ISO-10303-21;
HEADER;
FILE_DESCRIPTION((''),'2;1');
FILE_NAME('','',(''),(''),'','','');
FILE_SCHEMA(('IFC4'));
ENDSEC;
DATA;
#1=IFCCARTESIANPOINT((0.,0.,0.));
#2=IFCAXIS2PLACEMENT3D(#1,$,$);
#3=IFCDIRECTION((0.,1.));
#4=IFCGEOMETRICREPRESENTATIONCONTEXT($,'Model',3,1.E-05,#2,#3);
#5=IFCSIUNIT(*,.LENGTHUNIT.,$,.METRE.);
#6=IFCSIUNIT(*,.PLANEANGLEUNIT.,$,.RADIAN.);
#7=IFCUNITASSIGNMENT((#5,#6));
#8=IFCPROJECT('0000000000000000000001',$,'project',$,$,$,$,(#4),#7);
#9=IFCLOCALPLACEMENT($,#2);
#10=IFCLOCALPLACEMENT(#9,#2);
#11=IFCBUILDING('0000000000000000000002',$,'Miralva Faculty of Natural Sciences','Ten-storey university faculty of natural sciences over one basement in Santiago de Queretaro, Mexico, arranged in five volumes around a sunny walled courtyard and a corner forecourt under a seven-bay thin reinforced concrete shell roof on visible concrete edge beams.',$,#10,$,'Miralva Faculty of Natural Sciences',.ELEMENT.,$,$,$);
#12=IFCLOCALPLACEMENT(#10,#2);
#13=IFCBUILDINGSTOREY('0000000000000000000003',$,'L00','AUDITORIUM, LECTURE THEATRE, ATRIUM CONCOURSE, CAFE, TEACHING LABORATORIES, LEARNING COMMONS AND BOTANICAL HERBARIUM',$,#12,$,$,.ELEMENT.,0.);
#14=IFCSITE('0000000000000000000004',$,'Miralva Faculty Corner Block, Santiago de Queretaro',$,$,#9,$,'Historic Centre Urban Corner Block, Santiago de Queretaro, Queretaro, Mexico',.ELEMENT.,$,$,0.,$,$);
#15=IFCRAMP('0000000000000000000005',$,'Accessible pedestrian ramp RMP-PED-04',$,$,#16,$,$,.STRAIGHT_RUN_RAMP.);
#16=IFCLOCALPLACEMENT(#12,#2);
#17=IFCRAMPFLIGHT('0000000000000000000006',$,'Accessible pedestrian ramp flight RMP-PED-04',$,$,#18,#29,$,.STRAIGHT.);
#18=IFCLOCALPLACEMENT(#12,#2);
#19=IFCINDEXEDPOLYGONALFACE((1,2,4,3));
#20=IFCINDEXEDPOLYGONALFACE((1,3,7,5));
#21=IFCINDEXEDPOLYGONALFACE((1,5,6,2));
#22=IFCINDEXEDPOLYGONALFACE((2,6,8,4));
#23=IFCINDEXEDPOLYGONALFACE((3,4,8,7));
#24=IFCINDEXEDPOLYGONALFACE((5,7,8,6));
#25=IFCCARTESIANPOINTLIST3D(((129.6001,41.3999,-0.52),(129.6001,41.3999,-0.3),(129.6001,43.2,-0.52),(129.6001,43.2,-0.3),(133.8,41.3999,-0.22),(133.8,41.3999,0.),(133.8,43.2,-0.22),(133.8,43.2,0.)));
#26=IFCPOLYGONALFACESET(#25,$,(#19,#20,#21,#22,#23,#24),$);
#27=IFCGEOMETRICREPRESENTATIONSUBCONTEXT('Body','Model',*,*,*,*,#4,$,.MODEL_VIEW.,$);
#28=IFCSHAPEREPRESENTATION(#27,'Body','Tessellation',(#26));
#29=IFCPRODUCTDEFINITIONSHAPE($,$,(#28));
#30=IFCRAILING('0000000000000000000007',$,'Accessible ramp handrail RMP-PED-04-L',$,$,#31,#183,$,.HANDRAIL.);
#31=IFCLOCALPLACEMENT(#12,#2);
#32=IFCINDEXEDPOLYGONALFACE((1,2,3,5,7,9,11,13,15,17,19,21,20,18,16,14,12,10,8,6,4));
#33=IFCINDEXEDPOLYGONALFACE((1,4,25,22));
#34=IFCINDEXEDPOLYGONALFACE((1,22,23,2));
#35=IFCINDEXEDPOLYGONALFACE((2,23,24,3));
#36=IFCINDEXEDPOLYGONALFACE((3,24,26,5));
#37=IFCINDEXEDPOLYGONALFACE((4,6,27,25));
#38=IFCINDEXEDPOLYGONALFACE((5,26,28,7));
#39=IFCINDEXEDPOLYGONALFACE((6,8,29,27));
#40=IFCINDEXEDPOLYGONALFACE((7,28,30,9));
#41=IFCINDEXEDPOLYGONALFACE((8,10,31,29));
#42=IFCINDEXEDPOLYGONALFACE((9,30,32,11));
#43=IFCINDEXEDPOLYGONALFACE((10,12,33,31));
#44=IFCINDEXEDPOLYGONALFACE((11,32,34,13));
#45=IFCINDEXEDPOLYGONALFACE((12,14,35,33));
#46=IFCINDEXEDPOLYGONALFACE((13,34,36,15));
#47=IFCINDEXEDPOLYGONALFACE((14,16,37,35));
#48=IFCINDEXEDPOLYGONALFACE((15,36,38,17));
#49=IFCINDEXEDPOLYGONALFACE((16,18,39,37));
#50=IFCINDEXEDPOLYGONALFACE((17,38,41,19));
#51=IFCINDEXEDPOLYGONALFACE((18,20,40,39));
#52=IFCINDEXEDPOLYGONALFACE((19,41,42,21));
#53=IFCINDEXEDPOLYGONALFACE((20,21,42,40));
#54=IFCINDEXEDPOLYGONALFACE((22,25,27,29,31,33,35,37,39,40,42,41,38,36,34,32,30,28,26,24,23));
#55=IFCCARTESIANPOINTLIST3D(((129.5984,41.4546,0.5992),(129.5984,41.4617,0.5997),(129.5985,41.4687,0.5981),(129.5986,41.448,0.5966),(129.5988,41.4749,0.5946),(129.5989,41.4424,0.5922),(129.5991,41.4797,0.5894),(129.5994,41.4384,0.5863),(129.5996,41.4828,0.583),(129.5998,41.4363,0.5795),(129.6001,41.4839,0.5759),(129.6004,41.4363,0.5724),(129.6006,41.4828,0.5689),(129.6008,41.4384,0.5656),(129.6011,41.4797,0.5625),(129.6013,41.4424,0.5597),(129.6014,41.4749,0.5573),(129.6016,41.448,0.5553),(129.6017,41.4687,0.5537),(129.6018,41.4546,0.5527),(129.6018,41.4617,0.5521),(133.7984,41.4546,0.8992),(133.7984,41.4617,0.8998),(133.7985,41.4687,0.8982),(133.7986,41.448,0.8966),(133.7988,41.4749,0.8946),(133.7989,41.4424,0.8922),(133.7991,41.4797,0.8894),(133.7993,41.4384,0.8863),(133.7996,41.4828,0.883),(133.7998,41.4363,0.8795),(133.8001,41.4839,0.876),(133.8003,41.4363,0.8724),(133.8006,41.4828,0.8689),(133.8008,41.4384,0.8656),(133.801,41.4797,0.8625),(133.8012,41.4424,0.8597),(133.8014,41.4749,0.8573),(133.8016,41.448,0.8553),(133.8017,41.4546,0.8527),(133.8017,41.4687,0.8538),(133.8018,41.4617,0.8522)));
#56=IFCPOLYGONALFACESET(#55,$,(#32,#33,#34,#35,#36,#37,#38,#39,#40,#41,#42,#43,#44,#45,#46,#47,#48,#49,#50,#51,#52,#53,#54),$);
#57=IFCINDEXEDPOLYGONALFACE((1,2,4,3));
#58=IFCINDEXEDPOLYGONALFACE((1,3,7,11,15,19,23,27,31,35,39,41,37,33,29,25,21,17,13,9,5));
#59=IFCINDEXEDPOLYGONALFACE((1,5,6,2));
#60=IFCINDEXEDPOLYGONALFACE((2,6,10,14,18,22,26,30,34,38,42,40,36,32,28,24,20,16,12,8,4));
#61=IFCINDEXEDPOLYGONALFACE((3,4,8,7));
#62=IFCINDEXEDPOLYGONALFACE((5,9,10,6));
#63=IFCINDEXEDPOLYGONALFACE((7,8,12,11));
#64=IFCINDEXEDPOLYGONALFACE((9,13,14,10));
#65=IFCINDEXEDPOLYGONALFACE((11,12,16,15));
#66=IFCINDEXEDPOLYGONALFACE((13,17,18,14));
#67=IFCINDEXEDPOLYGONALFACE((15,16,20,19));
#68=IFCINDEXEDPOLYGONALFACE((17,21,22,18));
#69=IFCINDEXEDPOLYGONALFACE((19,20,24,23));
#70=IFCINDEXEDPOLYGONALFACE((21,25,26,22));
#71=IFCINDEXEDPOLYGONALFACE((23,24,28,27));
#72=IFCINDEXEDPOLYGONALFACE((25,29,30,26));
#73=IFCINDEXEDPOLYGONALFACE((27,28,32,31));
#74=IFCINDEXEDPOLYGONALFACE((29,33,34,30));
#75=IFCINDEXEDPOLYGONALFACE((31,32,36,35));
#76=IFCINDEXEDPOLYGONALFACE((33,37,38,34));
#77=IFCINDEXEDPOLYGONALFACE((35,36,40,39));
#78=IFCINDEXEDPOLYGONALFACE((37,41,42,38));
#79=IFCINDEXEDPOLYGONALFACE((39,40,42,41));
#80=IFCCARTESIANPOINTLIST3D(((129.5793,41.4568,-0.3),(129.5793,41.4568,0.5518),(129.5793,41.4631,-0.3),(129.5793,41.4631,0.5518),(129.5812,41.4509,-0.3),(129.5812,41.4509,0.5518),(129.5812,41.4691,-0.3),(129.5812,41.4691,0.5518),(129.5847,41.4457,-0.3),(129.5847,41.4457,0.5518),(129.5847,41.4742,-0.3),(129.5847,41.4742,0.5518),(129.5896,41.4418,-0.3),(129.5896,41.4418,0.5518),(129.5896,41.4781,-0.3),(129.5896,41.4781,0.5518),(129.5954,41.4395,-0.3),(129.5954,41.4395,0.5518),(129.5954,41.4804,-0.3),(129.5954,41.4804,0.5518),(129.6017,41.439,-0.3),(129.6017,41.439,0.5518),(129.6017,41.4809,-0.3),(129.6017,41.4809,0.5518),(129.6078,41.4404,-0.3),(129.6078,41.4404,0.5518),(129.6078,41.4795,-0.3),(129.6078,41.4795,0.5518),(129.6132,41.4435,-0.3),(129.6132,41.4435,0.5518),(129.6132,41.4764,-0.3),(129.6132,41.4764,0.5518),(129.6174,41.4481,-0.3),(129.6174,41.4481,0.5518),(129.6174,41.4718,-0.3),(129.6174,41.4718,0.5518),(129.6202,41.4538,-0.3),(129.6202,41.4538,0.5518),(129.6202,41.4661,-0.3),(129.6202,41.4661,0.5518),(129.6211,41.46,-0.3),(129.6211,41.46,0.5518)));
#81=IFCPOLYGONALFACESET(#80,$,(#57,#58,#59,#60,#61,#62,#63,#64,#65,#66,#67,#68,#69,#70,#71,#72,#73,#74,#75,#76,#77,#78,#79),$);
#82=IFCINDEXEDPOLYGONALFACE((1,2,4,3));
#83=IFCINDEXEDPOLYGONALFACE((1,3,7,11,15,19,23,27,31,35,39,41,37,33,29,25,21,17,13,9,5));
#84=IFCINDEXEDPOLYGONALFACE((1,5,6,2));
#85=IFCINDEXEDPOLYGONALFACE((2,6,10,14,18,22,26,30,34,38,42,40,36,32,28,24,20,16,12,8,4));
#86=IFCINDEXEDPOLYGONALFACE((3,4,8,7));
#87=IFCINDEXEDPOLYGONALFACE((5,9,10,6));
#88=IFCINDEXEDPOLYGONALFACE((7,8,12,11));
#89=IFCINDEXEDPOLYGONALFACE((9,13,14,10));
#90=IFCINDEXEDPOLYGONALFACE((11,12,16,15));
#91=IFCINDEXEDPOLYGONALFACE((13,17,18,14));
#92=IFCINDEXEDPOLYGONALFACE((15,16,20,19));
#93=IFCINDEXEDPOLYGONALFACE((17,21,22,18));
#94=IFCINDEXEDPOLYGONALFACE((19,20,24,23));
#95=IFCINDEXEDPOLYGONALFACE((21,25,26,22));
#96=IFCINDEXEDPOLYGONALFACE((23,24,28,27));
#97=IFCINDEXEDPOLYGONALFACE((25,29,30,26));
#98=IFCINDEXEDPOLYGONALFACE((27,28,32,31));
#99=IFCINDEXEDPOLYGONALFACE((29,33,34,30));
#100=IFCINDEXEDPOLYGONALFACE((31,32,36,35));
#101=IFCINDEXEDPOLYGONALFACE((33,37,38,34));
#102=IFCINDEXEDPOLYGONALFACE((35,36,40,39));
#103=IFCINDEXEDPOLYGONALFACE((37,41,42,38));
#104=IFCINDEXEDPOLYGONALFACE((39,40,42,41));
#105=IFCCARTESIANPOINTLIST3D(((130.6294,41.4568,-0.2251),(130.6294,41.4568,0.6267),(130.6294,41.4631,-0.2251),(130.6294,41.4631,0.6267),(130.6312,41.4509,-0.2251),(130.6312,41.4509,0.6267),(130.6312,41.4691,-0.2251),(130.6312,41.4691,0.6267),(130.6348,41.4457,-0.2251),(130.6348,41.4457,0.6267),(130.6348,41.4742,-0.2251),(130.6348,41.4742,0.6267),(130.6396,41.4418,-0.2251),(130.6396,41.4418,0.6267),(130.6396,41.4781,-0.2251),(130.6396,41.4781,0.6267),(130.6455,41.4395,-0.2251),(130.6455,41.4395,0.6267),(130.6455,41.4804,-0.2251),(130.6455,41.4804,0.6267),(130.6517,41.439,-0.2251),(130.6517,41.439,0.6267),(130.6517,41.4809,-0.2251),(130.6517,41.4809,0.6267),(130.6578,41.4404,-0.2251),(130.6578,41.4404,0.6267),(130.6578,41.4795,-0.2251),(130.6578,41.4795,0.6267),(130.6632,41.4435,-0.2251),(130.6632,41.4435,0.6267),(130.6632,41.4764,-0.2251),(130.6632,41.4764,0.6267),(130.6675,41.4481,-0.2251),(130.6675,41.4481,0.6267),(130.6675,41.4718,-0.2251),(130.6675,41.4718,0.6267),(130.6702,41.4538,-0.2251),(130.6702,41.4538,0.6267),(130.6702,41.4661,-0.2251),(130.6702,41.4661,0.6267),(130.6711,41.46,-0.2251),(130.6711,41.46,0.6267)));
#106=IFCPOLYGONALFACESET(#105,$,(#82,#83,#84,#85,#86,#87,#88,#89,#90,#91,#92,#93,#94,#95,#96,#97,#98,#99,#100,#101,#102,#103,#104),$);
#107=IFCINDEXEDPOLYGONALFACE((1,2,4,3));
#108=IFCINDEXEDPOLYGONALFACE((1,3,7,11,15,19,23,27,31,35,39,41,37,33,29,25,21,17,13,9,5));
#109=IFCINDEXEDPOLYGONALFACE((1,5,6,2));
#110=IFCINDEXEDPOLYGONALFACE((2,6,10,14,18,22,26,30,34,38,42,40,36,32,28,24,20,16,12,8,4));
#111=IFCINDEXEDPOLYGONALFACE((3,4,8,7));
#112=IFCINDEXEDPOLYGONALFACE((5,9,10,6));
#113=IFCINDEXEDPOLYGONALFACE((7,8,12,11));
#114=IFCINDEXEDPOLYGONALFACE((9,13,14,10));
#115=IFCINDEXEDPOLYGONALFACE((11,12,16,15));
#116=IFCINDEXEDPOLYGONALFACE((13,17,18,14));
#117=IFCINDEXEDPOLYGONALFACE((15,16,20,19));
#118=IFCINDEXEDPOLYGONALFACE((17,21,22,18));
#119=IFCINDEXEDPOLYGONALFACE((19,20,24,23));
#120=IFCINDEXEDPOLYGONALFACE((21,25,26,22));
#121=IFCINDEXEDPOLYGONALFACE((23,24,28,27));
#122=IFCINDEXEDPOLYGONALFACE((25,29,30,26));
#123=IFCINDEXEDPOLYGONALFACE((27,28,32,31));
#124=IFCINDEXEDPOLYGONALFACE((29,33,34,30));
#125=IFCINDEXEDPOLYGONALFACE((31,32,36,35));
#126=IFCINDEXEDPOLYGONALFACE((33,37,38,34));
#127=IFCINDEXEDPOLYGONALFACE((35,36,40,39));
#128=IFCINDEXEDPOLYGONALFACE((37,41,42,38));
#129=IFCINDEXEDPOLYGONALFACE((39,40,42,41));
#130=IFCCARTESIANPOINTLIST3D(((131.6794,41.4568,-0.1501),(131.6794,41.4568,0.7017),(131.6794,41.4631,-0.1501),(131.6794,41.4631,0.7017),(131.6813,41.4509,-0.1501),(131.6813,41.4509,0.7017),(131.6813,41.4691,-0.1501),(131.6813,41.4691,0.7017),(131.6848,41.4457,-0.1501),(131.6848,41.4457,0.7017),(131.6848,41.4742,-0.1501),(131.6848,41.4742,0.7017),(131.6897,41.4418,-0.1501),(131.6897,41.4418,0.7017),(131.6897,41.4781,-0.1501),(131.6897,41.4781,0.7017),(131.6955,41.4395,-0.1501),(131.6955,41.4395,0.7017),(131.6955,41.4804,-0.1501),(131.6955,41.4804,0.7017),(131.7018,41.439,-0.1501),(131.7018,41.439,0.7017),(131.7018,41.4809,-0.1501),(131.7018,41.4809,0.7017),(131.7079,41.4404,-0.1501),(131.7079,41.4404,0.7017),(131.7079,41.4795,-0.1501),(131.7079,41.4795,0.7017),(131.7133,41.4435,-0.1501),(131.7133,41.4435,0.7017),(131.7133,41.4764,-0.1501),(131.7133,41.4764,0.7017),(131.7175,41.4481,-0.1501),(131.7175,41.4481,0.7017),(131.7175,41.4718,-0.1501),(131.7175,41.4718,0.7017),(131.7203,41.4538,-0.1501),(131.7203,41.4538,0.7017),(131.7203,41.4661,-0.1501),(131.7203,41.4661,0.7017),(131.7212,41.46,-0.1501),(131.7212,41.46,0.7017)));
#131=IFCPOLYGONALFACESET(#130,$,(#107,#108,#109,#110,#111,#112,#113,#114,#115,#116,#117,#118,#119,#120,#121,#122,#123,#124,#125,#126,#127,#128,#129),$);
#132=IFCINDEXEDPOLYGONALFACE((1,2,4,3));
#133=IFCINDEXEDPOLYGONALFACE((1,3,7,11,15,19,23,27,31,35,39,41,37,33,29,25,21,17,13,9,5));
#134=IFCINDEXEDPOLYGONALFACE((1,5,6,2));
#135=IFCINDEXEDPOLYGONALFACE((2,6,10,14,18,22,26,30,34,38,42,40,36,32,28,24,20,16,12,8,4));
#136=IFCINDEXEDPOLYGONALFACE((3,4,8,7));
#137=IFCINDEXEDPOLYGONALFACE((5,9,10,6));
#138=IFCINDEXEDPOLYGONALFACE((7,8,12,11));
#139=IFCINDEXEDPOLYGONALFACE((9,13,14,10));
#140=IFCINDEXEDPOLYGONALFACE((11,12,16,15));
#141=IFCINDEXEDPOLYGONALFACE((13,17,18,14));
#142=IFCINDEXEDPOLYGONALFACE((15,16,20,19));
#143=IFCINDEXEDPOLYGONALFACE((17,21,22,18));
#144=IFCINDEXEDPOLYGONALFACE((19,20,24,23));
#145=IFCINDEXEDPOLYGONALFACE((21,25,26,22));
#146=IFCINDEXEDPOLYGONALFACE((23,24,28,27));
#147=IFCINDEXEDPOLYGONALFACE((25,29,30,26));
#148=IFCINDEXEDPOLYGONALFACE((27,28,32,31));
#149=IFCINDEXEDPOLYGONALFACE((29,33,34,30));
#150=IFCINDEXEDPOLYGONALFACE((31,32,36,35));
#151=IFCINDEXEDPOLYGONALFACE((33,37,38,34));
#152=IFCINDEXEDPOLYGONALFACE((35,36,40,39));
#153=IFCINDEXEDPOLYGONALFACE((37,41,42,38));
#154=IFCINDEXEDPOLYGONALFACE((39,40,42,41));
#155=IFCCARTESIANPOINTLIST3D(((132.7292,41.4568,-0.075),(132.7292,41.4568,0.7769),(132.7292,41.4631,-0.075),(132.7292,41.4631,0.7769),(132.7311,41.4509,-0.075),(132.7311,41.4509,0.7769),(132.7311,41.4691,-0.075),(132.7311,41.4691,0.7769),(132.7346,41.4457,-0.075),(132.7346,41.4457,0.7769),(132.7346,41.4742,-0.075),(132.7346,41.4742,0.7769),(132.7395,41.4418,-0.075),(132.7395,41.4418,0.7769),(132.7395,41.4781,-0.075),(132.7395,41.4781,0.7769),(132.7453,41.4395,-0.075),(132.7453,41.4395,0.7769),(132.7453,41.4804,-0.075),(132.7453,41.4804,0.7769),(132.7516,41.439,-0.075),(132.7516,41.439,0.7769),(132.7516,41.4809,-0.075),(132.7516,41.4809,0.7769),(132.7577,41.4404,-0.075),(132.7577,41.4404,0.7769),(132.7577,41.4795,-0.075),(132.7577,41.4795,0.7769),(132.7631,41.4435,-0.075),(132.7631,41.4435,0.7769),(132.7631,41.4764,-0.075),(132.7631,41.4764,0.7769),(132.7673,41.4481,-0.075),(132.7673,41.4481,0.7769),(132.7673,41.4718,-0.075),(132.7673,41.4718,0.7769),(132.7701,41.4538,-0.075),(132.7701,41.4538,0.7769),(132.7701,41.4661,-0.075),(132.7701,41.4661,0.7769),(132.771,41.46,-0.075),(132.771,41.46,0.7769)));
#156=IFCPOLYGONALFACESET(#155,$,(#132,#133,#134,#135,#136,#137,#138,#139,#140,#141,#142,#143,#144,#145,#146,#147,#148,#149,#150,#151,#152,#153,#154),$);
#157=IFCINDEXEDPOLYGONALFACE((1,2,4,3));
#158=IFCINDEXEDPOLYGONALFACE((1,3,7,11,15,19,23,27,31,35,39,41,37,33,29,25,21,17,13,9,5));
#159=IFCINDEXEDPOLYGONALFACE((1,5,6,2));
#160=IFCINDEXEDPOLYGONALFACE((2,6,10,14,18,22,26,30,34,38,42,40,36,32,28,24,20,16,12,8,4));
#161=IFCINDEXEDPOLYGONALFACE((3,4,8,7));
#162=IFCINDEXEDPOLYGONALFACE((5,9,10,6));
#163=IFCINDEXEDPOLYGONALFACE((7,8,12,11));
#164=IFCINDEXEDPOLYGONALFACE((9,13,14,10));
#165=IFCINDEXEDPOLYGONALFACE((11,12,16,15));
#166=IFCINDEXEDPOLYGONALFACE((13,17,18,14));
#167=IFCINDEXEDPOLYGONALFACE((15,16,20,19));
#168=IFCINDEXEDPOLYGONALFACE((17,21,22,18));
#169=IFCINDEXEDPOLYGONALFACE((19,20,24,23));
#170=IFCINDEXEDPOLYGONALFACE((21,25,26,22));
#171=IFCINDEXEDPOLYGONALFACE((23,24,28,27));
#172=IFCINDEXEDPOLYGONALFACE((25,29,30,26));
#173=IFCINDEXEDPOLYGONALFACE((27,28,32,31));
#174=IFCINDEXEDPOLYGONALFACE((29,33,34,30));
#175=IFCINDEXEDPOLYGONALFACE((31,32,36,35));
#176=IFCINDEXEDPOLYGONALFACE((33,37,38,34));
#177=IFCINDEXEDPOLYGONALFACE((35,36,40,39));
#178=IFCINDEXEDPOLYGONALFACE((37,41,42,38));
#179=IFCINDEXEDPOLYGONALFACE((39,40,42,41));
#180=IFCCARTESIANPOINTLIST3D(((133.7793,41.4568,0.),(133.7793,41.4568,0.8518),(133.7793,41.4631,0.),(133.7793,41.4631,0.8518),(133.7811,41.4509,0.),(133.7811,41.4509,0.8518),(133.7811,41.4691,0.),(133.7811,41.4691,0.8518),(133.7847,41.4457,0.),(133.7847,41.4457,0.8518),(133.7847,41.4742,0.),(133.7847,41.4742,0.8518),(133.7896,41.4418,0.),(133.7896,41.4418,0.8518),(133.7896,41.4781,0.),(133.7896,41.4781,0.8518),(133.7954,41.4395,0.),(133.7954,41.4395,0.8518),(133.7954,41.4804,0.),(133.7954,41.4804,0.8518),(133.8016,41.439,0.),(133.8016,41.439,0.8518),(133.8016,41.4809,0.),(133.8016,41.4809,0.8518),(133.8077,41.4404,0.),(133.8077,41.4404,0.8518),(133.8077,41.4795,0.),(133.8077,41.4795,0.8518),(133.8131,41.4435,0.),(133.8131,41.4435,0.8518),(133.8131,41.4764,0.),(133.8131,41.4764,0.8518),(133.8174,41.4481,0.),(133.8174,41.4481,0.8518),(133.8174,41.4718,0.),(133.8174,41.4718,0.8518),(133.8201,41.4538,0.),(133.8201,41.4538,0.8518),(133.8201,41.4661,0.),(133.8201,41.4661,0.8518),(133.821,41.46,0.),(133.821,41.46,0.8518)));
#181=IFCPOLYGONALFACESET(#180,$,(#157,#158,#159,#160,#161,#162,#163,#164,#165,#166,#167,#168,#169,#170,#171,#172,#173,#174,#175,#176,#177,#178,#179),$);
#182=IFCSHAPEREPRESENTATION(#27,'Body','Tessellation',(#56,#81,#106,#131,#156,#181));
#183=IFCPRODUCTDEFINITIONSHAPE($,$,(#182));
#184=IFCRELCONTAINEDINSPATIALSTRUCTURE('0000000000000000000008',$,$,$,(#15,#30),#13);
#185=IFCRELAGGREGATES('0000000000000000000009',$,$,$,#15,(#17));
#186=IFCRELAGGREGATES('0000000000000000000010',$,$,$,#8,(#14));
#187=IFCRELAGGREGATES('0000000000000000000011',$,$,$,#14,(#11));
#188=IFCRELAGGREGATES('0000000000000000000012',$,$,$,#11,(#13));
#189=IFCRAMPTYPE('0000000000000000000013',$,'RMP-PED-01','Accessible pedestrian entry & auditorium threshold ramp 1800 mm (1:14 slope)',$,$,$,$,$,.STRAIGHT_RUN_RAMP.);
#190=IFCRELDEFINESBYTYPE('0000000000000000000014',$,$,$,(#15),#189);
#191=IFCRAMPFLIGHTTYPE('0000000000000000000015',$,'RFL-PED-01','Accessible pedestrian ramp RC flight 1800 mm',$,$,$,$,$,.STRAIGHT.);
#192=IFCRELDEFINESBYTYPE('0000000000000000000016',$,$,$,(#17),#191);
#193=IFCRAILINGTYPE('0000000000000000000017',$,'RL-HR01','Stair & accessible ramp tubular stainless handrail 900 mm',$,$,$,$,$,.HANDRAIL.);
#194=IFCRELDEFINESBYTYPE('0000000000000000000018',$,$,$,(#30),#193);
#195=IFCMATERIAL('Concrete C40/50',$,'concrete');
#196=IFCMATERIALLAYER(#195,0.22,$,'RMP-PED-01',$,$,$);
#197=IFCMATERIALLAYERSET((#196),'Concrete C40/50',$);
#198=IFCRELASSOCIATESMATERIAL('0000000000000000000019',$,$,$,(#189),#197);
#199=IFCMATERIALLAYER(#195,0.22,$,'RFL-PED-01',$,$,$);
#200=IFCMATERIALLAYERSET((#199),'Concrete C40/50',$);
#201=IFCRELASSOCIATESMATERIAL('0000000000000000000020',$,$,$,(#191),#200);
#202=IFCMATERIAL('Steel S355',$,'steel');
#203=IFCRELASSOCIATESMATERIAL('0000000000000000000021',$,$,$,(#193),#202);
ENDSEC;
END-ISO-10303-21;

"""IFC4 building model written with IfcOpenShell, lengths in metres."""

from ifc_helpers import new_model, si_unit, direction, frame, origin, origin_2d, place, context, subcontext, project, spatial, polyline, circle, outline, extrude, material, layer, layer_set, type_object, element, aggregate, save


model = new_model("IFC4")

# Units and contexts
model_context = context("Model", 3, precision=1e-05, world=origin(), true_north=direction((0.0, 1.0)))
body_context = subcontext(model_context, "Body", "Model", "MODEL_VIEW")
ifc_project = project(units=[si_unit("LENGTHUNIT", "METRE"), si_unit("PLANEANGLEUNIT", "RADIAN")], contexts=[model_context])

# Site, building, storey
site_placement = place(None, origin())
site = spatial("IfcSite", under=ifc_project, at=site_placement, Name="Miralva Faculty Corner Block, Santiago de Queretaro", LongName="Historic Centre Urban Corner Block, Santiago de Queretaro, Queretaro, Mexico", CompositionType="ELEMENT", RefElevation=0.0)
building_placement = place(site_placement, origin())
building = spatial("IfcBuilding", under=site, at=building_placement, Name="Miralva Faculty of Natural Sciences", Description="Ten-storey university faculty of natural sciences over one basement in Santiago de Queretaro, Mexico, arranged in five volumes around a sunny walled courtyard and a corner forecourt under a seven-bay thin reinforced concrete shell roof on visible concrete edge beams.", LongName="Miralva Faculty of Natural Sciences", CompositionType="ELEMENT")
storey_placement = place(building_placement, origin())
storey = spatial("IfcBuildingStorey", under=building, at=storey_placement, Name="L00", Description="AUDITORIUM, LECTURE THEATRE, ATRIUM CONCOURSE, CAFE, TEACHING LABORATORIES, LEARNING COMMONS AND BOTANICAL HERBARIUM", CompositionType="ELEMENT", Elevation=0.0)

# Shared definitions
ifc_material_1 = material(Name="Concrete C40/50", Category="concrete")

# Ramp, ramp flight
ifc_layer_1 = layer(ifc_material_1, 0.22, Name="RMP-PED-01")
ifc_layer_set_1 = layer_set([ifc_layer_1], Name="Concrete C40/50")
ramp_type = type_object("IfcRampType", Name="RMP-PED-01", Description="Accessible pedestrian entry & auditorium threshold ramp 1800 mm (1:14 slope)", PredefinedType="STRAIGHT_RUN_RAMP", material=ifc_layer_set_1)
ramp_placement = place(storey_placement, origin())
ramp = element("IfcRamp", 1, at=ramp_placement, inside=storey, type_object=ramp_type, Name="Accessible pedestrian ramp RMP-PED-04", PredefinedType="STRAIGHT_RUN_RAMP")
ifc_layer_2 = layer(ifc_material_1, 0.22, Name="RFL-PED-01")
ifc_layer_set_2 = layer_set([ifc_layer_2], Name="Concrete C40/50")
ramp_flight_type = type_object("IfcRampFlightType", Name="RFL-PED-01", Description="Accessible pedestrian ramp RC flight 1800 mm", PredefinedType="STRAIGHT", material=ifc_layer_set_2)
ramp_flight_placement = place(storey_placement, frame((129.6001, 42.3, -0.3), z_axis=(0.0, 0.0, 1.0), x_axis=(1.0, 0.0, 0.0)))
ramp_flight = element("IfcRampFlight", 2, at=ramp_flight_placement, type_object=ramp_flight_type, Name="Accessible pedestrian ramp flight RMP-PED-04", PredefinedType="STRAIGHT", context=body_context, shape_type="SweptSolid", body=[
    extrude(outline(polyline([(0.0, -0.22), (4.2, 0.0801), (4.2, 0.3), (0.0, 0.0), (0.0, -0.22)])), frame((0.0, 0.8999, 0.0), z_axis=(0.0, -1.0, 0.0), x_axis=(1.0, 0.0, 0.0)), (0.0, 0.0, 1.0), 1.8),
])
aggregate(ramp, [ramp_flight])

# Railing
ifc_material_2 = material(Name="Steel S355", Category="steel")
railing_type = type_object("IfcRailingType", Name="RL-HR01", Description="Stair & accessible ramp tubular stainless handrail 900 mm", PredefinedType="HANDRAIL", material=ifc_material_2)
for number, where, name in (
    (3, (129.6001, 41.46, -0.3), "Accessible ramp handrail RMP-PED-04-L"),
):
    element("IfcRailing", number, at=place(storey_placement, frame(where)), inside=storey, type_object=railing_type, Name=name, PredefinedType="HANDRAIL", context=body_context, shape_type="SweptSolid", body=[
        extrude(circle(Radius=0.0239, at=origin_2d()), frame((0.0, 0.0, 0.876), z_axis=(0.997458, 0.0, 0.071259), x_axis=(0.0, 1.0, 0.0)), (0.0, 0.0, 1.0), 4.2107),
        extrude(circle(Radius=0.021, at=origin_2d()), origin(), (0.0, 0.0, 1.0), 0.8518),
        extrude(circle(Radius=0.021, at=origin_2d()), frame((1.05, 0.0, 0.075)), (0.0, 0.0, 1.0), 0.8518),
        extrude(circle(Radius=0.021, at=origin_2d()), frame((2.1001, 0.0, 0.1499)), (0.0, 0.0, 1.0), 0.8518),
        extrude(circle(Radius=0.021, at=origin_2d()), frame((3.1499, 0.0, 0.2251)), (0.0, 0.0, 1.0), 0.8518),
        extrude(circle(Radius=0.021, at=origin_2d()), frame((4.2, 0.0, 0.3)), (0.0, 0.0, 1.0), 0.8518),
    ])

save(model, "model.ifc")
